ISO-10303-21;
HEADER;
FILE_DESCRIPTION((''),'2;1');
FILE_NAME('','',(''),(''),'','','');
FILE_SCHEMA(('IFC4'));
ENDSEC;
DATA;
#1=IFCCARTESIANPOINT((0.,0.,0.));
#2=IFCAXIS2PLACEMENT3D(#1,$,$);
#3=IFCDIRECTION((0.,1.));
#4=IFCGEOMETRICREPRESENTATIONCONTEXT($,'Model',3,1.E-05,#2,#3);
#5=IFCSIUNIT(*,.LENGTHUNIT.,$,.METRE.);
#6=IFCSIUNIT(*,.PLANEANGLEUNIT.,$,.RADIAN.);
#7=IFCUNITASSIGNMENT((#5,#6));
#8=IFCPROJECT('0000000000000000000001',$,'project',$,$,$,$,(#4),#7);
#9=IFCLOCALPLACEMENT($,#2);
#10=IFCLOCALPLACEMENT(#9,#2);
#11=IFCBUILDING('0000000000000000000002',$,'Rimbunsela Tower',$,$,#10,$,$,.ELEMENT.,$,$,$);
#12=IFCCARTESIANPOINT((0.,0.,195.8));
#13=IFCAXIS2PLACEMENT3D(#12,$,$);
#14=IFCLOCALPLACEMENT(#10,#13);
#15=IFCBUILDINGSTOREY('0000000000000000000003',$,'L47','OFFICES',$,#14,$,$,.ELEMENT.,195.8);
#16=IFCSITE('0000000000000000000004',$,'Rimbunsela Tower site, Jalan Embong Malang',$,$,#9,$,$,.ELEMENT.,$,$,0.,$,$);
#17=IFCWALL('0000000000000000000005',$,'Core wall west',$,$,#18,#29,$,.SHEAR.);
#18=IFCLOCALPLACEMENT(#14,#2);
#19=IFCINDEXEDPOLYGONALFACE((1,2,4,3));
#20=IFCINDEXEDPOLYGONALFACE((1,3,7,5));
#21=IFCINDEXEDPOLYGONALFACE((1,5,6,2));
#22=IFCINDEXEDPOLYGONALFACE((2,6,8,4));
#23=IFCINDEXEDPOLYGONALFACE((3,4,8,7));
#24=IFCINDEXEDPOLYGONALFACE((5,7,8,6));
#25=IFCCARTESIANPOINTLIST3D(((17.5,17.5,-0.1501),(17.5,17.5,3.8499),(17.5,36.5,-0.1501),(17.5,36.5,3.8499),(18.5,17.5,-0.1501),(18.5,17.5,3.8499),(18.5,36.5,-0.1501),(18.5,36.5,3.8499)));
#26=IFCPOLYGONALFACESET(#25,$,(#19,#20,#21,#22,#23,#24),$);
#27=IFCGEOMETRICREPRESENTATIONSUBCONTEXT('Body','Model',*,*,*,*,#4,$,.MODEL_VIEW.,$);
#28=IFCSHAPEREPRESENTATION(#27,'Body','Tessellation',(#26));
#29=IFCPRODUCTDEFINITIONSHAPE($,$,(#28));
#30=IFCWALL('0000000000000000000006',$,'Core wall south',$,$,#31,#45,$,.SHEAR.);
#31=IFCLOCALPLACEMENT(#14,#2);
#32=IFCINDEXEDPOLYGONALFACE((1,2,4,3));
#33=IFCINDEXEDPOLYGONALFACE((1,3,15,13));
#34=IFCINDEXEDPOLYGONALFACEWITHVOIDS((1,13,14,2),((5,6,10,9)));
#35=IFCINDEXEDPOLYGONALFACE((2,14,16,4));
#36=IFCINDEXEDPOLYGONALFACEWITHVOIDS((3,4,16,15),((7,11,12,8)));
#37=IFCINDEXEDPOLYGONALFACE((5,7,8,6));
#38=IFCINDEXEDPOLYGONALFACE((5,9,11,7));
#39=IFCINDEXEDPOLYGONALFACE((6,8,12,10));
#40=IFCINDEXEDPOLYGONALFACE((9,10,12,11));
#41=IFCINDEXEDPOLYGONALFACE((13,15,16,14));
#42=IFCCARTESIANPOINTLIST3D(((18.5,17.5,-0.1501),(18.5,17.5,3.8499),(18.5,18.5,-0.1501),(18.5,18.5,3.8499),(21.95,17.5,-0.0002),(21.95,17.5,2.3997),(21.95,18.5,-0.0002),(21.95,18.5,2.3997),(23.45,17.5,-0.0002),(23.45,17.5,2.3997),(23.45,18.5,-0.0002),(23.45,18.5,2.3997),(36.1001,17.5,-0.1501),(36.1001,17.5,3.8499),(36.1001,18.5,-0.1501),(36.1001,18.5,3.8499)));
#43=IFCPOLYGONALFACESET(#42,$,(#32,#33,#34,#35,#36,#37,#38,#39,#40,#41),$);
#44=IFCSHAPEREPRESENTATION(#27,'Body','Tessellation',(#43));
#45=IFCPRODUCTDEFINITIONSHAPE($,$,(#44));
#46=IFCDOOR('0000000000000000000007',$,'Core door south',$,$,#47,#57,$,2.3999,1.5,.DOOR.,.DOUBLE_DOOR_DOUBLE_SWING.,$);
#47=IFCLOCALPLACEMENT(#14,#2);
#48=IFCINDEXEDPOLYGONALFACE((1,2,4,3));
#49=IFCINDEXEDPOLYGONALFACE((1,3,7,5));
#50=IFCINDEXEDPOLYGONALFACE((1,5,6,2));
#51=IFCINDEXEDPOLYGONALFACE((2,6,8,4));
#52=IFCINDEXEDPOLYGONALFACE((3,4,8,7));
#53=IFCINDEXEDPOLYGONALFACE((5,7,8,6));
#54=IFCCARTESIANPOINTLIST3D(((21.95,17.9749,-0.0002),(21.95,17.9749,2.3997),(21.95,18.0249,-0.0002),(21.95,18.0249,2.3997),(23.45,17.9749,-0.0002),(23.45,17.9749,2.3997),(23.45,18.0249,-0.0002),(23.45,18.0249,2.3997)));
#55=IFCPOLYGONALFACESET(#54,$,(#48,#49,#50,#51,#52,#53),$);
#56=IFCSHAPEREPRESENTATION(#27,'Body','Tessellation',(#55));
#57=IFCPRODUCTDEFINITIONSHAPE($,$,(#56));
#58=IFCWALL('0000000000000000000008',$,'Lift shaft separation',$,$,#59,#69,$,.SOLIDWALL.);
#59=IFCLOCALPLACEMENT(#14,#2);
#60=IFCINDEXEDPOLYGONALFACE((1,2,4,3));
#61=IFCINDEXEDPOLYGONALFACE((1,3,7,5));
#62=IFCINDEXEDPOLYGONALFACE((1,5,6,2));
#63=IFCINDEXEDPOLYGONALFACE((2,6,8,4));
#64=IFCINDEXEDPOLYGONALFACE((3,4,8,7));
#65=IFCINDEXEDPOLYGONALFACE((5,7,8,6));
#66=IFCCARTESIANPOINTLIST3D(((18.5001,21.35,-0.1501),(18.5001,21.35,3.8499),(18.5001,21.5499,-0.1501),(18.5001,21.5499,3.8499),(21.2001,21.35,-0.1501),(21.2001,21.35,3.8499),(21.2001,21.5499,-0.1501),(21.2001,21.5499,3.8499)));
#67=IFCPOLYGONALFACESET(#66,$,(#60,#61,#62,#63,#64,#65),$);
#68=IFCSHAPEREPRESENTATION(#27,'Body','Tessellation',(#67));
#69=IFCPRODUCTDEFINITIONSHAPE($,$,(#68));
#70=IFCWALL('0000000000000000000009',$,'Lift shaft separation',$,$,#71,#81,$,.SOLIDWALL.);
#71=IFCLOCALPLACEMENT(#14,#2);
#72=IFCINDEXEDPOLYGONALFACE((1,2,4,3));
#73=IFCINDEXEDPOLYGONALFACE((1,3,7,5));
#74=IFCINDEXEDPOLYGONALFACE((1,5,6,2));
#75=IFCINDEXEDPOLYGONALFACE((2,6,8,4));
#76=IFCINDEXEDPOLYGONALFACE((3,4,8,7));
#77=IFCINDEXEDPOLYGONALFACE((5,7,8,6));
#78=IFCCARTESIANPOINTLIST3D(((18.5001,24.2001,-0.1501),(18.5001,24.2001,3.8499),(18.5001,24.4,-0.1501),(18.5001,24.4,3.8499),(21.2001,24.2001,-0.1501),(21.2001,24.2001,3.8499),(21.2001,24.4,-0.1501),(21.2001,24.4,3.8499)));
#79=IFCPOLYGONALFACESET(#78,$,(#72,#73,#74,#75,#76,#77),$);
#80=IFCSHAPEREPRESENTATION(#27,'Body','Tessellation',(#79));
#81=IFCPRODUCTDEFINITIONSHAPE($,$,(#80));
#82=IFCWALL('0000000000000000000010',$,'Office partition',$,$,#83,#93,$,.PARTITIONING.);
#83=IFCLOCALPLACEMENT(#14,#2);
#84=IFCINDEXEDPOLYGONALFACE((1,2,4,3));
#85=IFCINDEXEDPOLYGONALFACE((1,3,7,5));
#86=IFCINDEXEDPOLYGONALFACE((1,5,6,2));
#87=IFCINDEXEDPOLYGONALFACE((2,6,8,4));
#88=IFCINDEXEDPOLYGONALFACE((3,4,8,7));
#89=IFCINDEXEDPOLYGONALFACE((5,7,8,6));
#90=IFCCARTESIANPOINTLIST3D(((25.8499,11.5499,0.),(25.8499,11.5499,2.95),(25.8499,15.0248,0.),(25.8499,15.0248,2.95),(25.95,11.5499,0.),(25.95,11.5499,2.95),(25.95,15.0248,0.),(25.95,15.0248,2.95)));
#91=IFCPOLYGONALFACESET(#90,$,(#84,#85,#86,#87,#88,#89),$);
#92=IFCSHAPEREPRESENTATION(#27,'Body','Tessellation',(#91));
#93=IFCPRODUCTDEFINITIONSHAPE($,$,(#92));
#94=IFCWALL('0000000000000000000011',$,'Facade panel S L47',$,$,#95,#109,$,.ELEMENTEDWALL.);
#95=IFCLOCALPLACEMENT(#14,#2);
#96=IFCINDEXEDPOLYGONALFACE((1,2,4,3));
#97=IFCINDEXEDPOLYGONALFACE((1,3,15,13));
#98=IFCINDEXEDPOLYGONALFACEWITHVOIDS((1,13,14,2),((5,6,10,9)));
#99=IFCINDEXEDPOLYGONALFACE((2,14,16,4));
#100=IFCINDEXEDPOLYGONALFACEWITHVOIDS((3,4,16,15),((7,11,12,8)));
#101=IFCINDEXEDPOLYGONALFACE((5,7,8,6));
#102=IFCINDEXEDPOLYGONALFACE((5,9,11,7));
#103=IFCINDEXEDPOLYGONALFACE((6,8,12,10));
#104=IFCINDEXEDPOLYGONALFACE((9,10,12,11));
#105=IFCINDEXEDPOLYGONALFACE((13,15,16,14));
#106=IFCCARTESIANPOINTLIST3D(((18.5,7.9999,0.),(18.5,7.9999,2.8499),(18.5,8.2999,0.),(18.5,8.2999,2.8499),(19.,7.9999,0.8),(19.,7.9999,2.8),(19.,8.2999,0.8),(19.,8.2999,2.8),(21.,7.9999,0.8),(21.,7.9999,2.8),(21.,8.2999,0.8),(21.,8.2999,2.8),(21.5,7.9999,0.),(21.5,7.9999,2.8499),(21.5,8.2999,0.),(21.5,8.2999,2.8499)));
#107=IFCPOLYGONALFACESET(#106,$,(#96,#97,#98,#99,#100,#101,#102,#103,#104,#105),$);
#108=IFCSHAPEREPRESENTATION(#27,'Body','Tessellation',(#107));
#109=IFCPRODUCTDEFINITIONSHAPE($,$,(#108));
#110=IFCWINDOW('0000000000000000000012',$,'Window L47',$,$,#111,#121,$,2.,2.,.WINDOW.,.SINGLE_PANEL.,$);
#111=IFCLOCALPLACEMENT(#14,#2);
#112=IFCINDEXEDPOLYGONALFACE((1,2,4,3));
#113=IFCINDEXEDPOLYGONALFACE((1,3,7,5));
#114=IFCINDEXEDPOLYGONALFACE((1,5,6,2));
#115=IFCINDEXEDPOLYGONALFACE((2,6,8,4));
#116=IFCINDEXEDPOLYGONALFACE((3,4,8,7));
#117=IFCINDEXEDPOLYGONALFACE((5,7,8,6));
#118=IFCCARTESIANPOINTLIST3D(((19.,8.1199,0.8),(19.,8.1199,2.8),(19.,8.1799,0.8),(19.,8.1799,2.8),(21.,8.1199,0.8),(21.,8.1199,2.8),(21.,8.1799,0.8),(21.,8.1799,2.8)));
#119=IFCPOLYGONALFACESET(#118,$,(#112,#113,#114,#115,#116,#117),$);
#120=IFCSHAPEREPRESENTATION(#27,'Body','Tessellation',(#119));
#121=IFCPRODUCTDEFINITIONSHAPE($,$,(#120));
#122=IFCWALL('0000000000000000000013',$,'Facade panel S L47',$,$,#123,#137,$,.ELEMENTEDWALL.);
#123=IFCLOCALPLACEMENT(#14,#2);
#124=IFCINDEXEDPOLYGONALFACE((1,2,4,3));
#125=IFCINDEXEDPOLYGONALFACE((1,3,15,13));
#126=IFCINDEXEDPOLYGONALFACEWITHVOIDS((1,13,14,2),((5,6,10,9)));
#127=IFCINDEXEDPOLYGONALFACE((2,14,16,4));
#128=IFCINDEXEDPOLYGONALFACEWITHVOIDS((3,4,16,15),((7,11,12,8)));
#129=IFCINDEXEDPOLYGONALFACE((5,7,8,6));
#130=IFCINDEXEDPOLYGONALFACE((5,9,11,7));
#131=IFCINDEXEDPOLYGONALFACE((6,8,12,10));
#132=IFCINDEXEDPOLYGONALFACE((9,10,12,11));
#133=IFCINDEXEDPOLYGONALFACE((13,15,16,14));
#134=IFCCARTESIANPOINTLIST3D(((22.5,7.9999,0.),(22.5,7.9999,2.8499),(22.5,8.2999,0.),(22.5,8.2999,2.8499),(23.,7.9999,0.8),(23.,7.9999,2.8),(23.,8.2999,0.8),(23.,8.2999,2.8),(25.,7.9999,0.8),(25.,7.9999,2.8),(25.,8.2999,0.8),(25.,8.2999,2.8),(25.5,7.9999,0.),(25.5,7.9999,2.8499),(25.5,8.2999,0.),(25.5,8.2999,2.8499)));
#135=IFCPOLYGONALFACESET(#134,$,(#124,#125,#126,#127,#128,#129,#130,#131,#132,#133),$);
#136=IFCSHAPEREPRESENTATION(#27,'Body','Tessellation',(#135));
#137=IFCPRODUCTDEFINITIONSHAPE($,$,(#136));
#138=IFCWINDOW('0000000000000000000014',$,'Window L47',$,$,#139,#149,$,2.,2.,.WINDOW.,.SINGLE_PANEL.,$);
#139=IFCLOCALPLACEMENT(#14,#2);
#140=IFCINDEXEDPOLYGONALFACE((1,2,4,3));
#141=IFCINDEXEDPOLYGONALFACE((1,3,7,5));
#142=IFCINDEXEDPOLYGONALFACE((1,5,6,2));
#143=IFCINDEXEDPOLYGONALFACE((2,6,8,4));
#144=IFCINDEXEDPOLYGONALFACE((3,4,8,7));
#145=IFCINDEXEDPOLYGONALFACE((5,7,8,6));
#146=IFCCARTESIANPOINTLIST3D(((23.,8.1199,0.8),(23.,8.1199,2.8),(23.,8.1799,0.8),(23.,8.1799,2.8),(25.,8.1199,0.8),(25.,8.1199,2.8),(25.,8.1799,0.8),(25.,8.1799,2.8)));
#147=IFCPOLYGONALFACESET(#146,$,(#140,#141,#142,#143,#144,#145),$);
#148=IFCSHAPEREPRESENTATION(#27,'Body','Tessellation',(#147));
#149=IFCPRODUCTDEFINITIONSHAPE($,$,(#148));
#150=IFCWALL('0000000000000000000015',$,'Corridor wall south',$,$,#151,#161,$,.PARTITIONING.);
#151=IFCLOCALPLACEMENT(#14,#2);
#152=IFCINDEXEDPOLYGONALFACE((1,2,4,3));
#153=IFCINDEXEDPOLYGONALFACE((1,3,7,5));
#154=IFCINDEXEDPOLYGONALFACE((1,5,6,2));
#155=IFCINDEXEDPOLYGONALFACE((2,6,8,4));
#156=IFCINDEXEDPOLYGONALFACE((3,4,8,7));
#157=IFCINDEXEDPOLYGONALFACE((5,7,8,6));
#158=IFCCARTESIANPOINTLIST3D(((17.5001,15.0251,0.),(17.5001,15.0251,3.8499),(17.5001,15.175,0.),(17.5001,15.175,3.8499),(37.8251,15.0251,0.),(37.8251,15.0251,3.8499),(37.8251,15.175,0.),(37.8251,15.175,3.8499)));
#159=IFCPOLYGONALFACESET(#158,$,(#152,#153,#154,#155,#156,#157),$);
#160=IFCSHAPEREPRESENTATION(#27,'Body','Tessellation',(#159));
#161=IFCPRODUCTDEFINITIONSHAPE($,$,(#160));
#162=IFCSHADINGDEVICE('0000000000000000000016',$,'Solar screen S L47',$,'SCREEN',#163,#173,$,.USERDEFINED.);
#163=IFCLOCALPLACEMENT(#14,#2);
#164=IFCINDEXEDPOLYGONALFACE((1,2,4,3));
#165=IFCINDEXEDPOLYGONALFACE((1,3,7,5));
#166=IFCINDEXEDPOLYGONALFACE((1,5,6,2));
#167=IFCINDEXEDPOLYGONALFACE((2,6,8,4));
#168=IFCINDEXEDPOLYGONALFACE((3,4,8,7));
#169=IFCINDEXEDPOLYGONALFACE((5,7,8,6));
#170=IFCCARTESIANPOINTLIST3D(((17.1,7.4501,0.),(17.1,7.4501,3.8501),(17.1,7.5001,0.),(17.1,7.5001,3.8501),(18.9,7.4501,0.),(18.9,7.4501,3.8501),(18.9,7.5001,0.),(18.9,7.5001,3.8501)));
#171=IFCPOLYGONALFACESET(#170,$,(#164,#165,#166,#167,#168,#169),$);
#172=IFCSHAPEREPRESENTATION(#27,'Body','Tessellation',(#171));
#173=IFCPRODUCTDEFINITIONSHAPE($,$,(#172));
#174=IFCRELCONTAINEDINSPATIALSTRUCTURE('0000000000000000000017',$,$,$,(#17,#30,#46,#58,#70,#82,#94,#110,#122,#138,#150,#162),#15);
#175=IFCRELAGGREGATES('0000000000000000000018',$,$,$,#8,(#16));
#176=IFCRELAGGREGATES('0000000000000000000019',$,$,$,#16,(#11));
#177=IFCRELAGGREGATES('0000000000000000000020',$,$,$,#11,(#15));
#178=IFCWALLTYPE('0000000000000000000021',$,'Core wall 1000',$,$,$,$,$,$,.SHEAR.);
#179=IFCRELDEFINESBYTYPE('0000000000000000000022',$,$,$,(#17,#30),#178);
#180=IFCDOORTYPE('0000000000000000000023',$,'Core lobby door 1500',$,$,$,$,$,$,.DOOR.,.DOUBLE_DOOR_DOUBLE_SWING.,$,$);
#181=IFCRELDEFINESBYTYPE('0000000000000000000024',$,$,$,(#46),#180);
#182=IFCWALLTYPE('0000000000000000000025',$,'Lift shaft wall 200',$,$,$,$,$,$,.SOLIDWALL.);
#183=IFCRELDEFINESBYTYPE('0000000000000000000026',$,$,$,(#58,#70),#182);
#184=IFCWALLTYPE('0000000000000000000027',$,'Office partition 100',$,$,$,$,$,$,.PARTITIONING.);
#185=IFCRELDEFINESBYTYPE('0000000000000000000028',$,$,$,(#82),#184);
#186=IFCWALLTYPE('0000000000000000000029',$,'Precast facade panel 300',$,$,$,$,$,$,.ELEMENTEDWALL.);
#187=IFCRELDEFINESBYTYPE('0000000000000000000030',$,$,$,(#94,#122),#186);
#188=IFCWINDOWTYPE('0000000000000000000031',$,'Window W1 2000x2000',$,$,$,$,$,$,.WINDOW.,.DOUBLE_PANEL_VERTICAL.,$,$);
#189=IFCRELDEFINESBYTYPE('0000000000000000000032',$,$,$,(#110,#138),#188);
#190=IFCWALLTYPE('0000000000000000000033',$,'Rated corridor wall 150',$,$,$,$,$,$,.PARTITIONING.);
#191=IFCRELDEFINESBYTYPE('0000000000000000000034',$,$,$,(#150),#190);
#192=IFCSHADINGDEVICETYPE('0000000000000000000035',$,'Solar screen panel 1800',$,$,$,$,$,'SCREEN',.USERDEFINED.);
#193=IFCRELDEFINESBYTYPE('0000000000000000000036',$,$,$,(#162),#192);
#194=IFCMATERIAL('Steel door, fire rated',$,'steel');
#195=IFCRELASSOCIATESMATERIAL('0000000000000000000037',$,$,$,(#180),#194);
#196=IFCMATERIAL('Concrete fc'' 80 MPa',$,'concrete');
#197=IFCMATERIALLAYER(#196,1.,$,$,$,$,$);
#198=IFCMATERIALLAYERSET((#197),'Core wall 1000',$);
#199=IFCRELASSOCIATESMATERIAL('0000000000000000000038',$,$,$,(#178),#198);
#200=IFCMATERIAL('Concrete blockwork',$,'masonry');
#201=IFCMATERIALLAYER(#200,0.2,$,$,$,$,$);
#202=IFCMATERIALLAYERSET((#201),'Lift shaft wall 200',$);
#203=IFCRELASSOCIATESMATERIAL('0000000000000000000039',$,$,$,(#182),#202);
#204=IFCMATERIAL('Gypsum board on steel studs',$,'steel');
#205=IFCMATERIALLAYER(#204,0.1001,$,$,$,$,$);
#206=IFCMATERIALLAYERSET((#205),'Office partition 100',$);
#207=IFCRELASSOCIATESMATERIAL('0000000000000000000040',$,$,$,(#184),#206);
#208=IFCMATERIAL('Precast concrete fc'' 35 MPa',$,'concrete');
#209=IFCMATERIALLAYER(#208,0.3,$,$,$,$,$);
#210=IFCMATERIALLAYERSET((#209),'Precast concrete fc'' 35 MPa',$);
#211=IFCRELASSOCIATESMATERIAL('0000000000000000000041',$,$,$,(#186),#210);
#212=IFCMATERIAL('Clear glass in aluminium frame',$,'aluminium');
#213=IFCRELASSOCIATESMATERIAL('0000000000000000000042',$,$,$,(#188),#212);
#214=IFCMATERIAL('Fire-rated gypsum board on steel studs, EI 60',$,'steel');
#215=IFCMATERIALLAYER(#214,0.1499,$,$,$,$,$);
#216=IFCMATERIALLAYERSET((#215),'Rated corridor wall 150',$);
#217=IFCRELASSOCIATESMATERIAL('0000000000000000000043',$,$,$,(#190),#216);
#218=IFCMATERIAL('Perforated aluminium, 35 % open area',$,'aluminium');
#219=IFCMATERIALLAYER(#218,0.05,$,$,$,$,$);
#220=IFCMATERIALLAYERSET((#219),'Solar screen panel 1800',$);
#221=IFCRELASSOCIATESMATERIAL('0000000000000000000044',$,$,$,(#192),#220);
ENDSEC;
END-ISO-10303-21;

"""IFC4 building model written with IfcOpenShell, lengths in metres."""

from ifc_helpers import new_model, si_unit, direction, frame, frame_2d, origin, origin_2d, place, context, subcontext, project, spatial, rectangle, extrude, material, layer, layer_set, type_object, element, fill, save


model = new_model("IFC4")

# Units and contexts
model_context = context("Model", 3, precision=1e-05, world=origin(), true_north=direction((0.0, 1.0)))
body_context = subcontext(model_context, "Body", "Model", "MODEL_VIEW")
ifc_project = project(units=[si_unit("LENGTHUNIT", "METRE"), si_unit("PLANEANGLEUNIT", "RADIAN")], contexts=[model_context])

# Site, building, storey
site_placement = place(None, origin())
site = spatial("IfcSite", under=ifc_project, at=site_placement, Name="Rimbunsela Tower site, Jalan Embong Malang", CompositionType="ELEMENT", RefElevation=0.0)
building_placement = place(site_placement, origin())
building = spatial("IfcBuilding", under=site, at=building_placement, Name="Rimbunsela Tower", CompositionType="ELEMENT")
storey_placement = place(building_placement, frame((0.0, 0.0, 195.8)))
storey = spatial("IfcBuildingStorey", under=building, at=storey_placement, Name="L47", Description="OFFICES", CompositionType="ELEMENT", Elevation=195.8)

# Shared definitions
ifc_material_1 = material(Name="Steel door, fire rated", Category="steel")
door_type_1 = type_object("IfcDoorType", Name="Core lobby door 1500", OperationType="DOUBLE_DOOR_DOUBLE_SWING", PredefinedType="DOOR", material=ifc_material_1)

# Wall
ifc_material_2 = material(Name="Concrete fc' 80 MPa", Category="concrete")
ifc_layer_1 = layer(ifc_material_2, 1.0)
ifc_layer_set_1 = layer_set([ifc_layer_1], Name="Core wall 1000")
wall_type_1 = type_object("IfcWallType", Name="Core wall 1000", PredefinedType="SHEAR", material=ifc_layer_set_1)
wall_1_placement = place(storey_placement, frame((18.0, 17.5, -0.1501), z_axis=(0.0, 0.0, 1.0), x_axis=(0.0, 1.0, 0.0)))
element("IfcWall", 1, at=wall_1_placement, inside=storey, type_object=wall_type_1, Name="Core wall west", PredefinedType="SHEAR", context=body_context, shape_type="SweptSolid", body=[
    extrude(rectangle(XDim=19.0, YDim=1.0, at=frame_2d((9.5, 0.0))), origin(), (0.0, 0.0, 1.0), 4.0),
])

# Wall, opening, door
wall_2_placement = place(storey_placement, frame((18.5, 18.0, -0.1501), z_axis=(0.0, 0.0, 1.0), x_axis=(1.0, 0.0, 0.0)))
wall_2 = element("IfcWall", 2, at=wall_2_placement, inside=storey, type_object=wall_type_1, Name="Core wall south", PredefinedType="SHEAR", context=body_context, shape_type="SweptSolid", body=[
    extrude(rectangle(XDim=17.6001, YDim=1.0, at=frame_2d((8.8, 0.0))), origin(), (0.0, 0.0, 1.0), 4.0),
])
opening_1_placement = place(wall_2_placement, frame((3.45, 0.0, 0.1499)))
opening_1 = element("IfcOpeningElement", 3, at=opening_1_placement, cuts=wall_2, PredefinedType="OPENING", context=body_context, shape_type="SweptSolid", body=[
    extrude(rectangle(XDim=1.5, YDim=2.3999, at=frame_2d((0.75, 1.2))), frame((0.0, 0.51, 0.0), z_axis=(0.0, -1.0, 0.0), x_axis=(1.0, 0.0, 0.0)), (0.0, 0.0, 1.0), 1.02),
])
door_1_placement = place(opening_1_placement, origin())
door_1 = element("IfcDoor", 4, at=door_1_placement, inside=storey, type_object=door_type_1, Name="Core door south", OperationType="DOUBLE_DOOR_DOUBLE_SWING", OverallHeight=2.3999, OverallWidth=1.5, PredefinedType="DOOR", context=body_context, shape_type="SweptSolid", body=[
    extrude(rectangle(XDim=1.5, YDim=2.3999, at=frame_2d((0.75, 1.2))), frame((0.0, 0.0249, 0.0), z_axis=(0.0, -1.0, 0.0), x_axis=(1.0, 0.0, 0.0)), (0.0, 0.0, 1.0), 0.05),
])
fill(opening_1, door_1)

# Walls
ifc_material_3 = material(Name="Concrete blockwork", Category="masonry")
ifc_layer_2 = layer(ifc_material_3, 0.2)
ifc_layer_set_2 = layer_set([ifc_layer_2], Name="Lift shaft wall 200")
wall_type_2 = type_object("IfcWallType", Name="Lift shaft wall 200", PredefinedType="SOLIDWALL", material=ifc_layer_set_2)
for number, where, z_axis, x_axis, name in (
    (5, (18.5, 21.45, -0.1501), (0.0, 0.0, 1.0), (1.0, 0.0, 0.0), "Lift shaft separation"),
    (6, (18.5, 24.3, -0.1501), (0.0, 0.0, 1.0), (1.0, 0.0, 0.0), "Lift shaft separation"),
):
    element("IfcWall", number, at=place(storey_placement, frame(where, z_axis=z_axis, x_axis=x_axis)), inside=storey, type_object=wall_type_2, Name=name, PredefinedType="SOLIDWALL", context=body_context, shape_type="SweptSolid", body=[
        extrude(rectangle(XDim=2.7, YDim=0.2, at=frame_2d((1.3501, 0.0))), origin(), (0.0, 0.0, 1.0), 4.0),
    ])
ifc_material_4 = material(Name="Gypsum board on steel studs", Category="steel")
ifc_layer_3 = layer(ifc_material_4, 0.1001)
ifc_layer_set_3 = layer_set([ifc_layer_3], Name="Office partition 100")
wall_type_3 = type_object("IfcWallType", Name="Office partition 100", PredefinedType="PARTITIONING", material=ifc_layer_set_3)
wall_3_placement = place(storey_placement, frame((25.8999, 11.55, 0.0), z_axis=(0.0, 0.0, 1.0), x_axis=(0.0, 1.0, 0.0)))
element("IfcWall", 7, at=wall_3_placement, inside=storey, type_object=wall_type_3, Name="Office partition", PredefinedType="PARTITIONING", context=body_context, shape_type="SweptSolid", body=[
    extrude(rectangle(XDim=3.4749, YDim=0.1001, at=frame_2d((1.7373, 0.0))), origin(), (0.0, 0.0, 1.0), 2.95),
])

# Walls, openings, windows
ifc_material_5 = material(Name="Precast concrete fc' 35 MPa", Category="concrete")
ifc_layer_4 = layer(ifc_material_5, 0.3)
ifc_layer_set_4 = layer_set([ifc_layer_4], Name="Precast concrete fc' 35 MPa")
wall_type_4 = type_object("IfcWallType", Name="Precast facade panel 300", PredefinedType="ELEMENTEDWALL", material=ifc_layer_set_4)
wall_4_placement = place(storey_placement, frame((18.5, 8.1499, 0.0), z_axis=(0.0, 0.0, 1.0), x_axis=(1.0, 0.0, 0.0)))
wall_4 = element("IfcWall", 8, at=wall_4_placement, inside=storey, type_object=wall_type_4, Name="Facade panel S L47", PredefinedType="ELEMENTEDWALL", context=body_context, shape_type="SweptSolid", body=[
    extrude(rectangle(XDim=3.0, YDim=0.3, at=frame_2d((1.5, 0.0))), origin(), (0.0, 0.0, 1.0), 2.8499),
])
opening_2_placement = place(wall_4_placement, frame((0.5, 0.0, 0.8)))
opening_2 = element("IfcOpeningElement", 9, at=opening_2_placement, cuts=wall_4, PredefinedType="OPENING", context=body_context, shape_type="SweptSolid", body=[
    extrude(rectangle(XDim=2.0, YDim=2.0, at=frame_2d((1.0, 1.0))), frame((0.0, 0.1599, 0.0), z_axis=(0.0, -1.0, 0.0), x_axis=(1.0, 0.0, 0.0)), (0.0, 0.0, 1.0), 0.3201),
])
ifc_material_6 = material(Name="Clear glass in aluminium frame", Category="aluminium")
window_type = type_object("IfcWindowType", Name="Window W1 2000x2000", PartitioningType="DOUBLE_PANEL_VERTICAL", PredefinedType="WINDOW", material=ifc_material_6)
window_1_placement = place(opening_2_placement, origin())
window_1 = element("IfcWindow", 10, at=window_1_placement, inside=storey, type_object=window_type, Name="Window L47", OverallHeight=2.0, OverallWidth=2.0, PartitioningType="SINGLE_PANEL", PredefinedType="WINDOW", context=body_context, shape_type="SweptSolid", body=[
    extrude(rectangle(XDim=2.0, YDim=2.0, at=frame_2d((1.0, 1.0))), frame((0.0, 0.03, 0.0), z_axis=(0.0, -1.0, 0.0), x_axis=(1.0, 0.0, 0.0)), (0.0, 0.0, 1.0), 0.0601),
])
fill(opening_2, window_1)
wall_5_placement = place(storey_placement, frame((22.5, 8.1499, 0.0), z_axis=(0.0, 0.0, 1.0), x_axis=(1.0, 0.0, 0.0)))
wall_5 = element("IfcWall", 11, at=wall_5_placement, inside=storey, type_object=wall_type_4, Name="Facade panel S L47", PredefinedType="ELEMENTEDWALL", context=body_context, shape_type="SweptSolid", body=[
    extrude(rectangle(XDim=3.0, YDim=0.3, at=frame_2d((1.5, 0.0))), origin(), (0.0, 0.0, 1.0), 2.8499),
])
opening_3_placement = place(wall_5_placement, frame((0.5, 0.0, 0.8)))
opening_3 = element("IfcOpeningElement", 12, at=opening_3_placement, cuts=wall_5, PredefinedType="OPENING", context=body_context, shape_type="SweptSolid", body=[
    extrude(rectangle(XDim=2.0, YDim=2.0, at=frame_2d((1.0, 1.0))), frame((0.0, 0.1599, 0.0), z_axis=(0.0, -1.0, 0.0), x_axis=(1.0, 0.0, 0.0)), (0.0, 0.0, 1.0), 0.3201),
])
window_2_placement = place(opening_3_placement, origin())
window_2 = element("IfcWindow", 13, at=window_2_placement, inside=storey, type_object=window_type, Name="Window L47", OverallHeight=2.0, OverallWidth=2.0, PartitioningType="SINGLE_PANEL", PredefinedType="WINDOW", context=body_context, shape_type="SweptSolid", body=[
    extrude(rectangle(XDim=2.0, YDim=2.0, at=frame_2d((1.0, 1.0))), frame((0.0, 0.03, 0.0), z_axis=(0.0, -1.0, 0.0), x_axis=(1.0, 0.0, 0.0)), (0.0, 0.0, 1.0), 0.0601),
])
fill(opening_3, window_2)

# Wall
ifc_material_7 = material(Name="Fire-rated gypsum board on steel studs, EI 60", Category="steel")
ifc_layer_5 = layer(ifc_material_7, 0.1499)
ifc_layer_set_5 = layer_set([ifc_layer_5], Name="Rated corridor wall 150")
wall_type_5 = type_object("IfcWallType", Name="Rated corridor wall 150", PredefinedType="PARTITIONING", material=ifc_layer_set_5)
wall_6_placement = place(storey_placement, frame((17.5, 15.1001, 0.0), z_axis=(0.0, 0.0, 1.0), x_axis=(1.0, 0.0, 0.0)))
element("IfcWall", 14, at=wall_6_placement, inside=storey, type_object=wall_type_5, Name="Corridor wall south", PredefinedType="PARTITIONING", context=body_context, shape_type="SweptSolid", body=[
    extrude(rectangle(XDim=20.325, YDim=0.1499, at=frame_2d((10.1626, 0.0))), origin(), (0.0, 0.0, 1.0), 3.8499),
])

# Shading device
ifc_material_8 = material(Name="Perforated aluminium, 35 % open area", Category="aluminium")
ifc_layer_6 = layer(ifc_material_8, 0.05)
ifc_layer_set_6 = layer_set([ifc_layer_6], Name="Solar screen panel 1800")
shading_device_type = type_object("IfcShadingDeviceType", Name="Solar screen panel 1800", ElementType="SCREEN", PredefinedType="USERDEFINED", material=ifc_layer_set_6)
for number, where, z_axis, x_axis, name in (
    (15, (18.0, 7.4751, 0.0), (0.0, 0.0, 1.0), (1.0, 0.0, 0.0), "Solar screen S L47"),
):
    element("IfcShadingDevice", number, at=place(storey_placement, frame(where, z_axis=z_axis, x_axis=x_axis)), inside=storey, type_object=shading_device_type, Name=name, ObjectType="SCREEN", PredefinedType="USERDEFINED", context=body_context, shape_type="SweptSolid", body=[
        extrude(rectangle(XDim=1.8, YDim=0.05, at=origin_2d()), origin(), (0.0, 0.0, 1.0), 3.8501),
    ])

save(model, "model.ifc")
